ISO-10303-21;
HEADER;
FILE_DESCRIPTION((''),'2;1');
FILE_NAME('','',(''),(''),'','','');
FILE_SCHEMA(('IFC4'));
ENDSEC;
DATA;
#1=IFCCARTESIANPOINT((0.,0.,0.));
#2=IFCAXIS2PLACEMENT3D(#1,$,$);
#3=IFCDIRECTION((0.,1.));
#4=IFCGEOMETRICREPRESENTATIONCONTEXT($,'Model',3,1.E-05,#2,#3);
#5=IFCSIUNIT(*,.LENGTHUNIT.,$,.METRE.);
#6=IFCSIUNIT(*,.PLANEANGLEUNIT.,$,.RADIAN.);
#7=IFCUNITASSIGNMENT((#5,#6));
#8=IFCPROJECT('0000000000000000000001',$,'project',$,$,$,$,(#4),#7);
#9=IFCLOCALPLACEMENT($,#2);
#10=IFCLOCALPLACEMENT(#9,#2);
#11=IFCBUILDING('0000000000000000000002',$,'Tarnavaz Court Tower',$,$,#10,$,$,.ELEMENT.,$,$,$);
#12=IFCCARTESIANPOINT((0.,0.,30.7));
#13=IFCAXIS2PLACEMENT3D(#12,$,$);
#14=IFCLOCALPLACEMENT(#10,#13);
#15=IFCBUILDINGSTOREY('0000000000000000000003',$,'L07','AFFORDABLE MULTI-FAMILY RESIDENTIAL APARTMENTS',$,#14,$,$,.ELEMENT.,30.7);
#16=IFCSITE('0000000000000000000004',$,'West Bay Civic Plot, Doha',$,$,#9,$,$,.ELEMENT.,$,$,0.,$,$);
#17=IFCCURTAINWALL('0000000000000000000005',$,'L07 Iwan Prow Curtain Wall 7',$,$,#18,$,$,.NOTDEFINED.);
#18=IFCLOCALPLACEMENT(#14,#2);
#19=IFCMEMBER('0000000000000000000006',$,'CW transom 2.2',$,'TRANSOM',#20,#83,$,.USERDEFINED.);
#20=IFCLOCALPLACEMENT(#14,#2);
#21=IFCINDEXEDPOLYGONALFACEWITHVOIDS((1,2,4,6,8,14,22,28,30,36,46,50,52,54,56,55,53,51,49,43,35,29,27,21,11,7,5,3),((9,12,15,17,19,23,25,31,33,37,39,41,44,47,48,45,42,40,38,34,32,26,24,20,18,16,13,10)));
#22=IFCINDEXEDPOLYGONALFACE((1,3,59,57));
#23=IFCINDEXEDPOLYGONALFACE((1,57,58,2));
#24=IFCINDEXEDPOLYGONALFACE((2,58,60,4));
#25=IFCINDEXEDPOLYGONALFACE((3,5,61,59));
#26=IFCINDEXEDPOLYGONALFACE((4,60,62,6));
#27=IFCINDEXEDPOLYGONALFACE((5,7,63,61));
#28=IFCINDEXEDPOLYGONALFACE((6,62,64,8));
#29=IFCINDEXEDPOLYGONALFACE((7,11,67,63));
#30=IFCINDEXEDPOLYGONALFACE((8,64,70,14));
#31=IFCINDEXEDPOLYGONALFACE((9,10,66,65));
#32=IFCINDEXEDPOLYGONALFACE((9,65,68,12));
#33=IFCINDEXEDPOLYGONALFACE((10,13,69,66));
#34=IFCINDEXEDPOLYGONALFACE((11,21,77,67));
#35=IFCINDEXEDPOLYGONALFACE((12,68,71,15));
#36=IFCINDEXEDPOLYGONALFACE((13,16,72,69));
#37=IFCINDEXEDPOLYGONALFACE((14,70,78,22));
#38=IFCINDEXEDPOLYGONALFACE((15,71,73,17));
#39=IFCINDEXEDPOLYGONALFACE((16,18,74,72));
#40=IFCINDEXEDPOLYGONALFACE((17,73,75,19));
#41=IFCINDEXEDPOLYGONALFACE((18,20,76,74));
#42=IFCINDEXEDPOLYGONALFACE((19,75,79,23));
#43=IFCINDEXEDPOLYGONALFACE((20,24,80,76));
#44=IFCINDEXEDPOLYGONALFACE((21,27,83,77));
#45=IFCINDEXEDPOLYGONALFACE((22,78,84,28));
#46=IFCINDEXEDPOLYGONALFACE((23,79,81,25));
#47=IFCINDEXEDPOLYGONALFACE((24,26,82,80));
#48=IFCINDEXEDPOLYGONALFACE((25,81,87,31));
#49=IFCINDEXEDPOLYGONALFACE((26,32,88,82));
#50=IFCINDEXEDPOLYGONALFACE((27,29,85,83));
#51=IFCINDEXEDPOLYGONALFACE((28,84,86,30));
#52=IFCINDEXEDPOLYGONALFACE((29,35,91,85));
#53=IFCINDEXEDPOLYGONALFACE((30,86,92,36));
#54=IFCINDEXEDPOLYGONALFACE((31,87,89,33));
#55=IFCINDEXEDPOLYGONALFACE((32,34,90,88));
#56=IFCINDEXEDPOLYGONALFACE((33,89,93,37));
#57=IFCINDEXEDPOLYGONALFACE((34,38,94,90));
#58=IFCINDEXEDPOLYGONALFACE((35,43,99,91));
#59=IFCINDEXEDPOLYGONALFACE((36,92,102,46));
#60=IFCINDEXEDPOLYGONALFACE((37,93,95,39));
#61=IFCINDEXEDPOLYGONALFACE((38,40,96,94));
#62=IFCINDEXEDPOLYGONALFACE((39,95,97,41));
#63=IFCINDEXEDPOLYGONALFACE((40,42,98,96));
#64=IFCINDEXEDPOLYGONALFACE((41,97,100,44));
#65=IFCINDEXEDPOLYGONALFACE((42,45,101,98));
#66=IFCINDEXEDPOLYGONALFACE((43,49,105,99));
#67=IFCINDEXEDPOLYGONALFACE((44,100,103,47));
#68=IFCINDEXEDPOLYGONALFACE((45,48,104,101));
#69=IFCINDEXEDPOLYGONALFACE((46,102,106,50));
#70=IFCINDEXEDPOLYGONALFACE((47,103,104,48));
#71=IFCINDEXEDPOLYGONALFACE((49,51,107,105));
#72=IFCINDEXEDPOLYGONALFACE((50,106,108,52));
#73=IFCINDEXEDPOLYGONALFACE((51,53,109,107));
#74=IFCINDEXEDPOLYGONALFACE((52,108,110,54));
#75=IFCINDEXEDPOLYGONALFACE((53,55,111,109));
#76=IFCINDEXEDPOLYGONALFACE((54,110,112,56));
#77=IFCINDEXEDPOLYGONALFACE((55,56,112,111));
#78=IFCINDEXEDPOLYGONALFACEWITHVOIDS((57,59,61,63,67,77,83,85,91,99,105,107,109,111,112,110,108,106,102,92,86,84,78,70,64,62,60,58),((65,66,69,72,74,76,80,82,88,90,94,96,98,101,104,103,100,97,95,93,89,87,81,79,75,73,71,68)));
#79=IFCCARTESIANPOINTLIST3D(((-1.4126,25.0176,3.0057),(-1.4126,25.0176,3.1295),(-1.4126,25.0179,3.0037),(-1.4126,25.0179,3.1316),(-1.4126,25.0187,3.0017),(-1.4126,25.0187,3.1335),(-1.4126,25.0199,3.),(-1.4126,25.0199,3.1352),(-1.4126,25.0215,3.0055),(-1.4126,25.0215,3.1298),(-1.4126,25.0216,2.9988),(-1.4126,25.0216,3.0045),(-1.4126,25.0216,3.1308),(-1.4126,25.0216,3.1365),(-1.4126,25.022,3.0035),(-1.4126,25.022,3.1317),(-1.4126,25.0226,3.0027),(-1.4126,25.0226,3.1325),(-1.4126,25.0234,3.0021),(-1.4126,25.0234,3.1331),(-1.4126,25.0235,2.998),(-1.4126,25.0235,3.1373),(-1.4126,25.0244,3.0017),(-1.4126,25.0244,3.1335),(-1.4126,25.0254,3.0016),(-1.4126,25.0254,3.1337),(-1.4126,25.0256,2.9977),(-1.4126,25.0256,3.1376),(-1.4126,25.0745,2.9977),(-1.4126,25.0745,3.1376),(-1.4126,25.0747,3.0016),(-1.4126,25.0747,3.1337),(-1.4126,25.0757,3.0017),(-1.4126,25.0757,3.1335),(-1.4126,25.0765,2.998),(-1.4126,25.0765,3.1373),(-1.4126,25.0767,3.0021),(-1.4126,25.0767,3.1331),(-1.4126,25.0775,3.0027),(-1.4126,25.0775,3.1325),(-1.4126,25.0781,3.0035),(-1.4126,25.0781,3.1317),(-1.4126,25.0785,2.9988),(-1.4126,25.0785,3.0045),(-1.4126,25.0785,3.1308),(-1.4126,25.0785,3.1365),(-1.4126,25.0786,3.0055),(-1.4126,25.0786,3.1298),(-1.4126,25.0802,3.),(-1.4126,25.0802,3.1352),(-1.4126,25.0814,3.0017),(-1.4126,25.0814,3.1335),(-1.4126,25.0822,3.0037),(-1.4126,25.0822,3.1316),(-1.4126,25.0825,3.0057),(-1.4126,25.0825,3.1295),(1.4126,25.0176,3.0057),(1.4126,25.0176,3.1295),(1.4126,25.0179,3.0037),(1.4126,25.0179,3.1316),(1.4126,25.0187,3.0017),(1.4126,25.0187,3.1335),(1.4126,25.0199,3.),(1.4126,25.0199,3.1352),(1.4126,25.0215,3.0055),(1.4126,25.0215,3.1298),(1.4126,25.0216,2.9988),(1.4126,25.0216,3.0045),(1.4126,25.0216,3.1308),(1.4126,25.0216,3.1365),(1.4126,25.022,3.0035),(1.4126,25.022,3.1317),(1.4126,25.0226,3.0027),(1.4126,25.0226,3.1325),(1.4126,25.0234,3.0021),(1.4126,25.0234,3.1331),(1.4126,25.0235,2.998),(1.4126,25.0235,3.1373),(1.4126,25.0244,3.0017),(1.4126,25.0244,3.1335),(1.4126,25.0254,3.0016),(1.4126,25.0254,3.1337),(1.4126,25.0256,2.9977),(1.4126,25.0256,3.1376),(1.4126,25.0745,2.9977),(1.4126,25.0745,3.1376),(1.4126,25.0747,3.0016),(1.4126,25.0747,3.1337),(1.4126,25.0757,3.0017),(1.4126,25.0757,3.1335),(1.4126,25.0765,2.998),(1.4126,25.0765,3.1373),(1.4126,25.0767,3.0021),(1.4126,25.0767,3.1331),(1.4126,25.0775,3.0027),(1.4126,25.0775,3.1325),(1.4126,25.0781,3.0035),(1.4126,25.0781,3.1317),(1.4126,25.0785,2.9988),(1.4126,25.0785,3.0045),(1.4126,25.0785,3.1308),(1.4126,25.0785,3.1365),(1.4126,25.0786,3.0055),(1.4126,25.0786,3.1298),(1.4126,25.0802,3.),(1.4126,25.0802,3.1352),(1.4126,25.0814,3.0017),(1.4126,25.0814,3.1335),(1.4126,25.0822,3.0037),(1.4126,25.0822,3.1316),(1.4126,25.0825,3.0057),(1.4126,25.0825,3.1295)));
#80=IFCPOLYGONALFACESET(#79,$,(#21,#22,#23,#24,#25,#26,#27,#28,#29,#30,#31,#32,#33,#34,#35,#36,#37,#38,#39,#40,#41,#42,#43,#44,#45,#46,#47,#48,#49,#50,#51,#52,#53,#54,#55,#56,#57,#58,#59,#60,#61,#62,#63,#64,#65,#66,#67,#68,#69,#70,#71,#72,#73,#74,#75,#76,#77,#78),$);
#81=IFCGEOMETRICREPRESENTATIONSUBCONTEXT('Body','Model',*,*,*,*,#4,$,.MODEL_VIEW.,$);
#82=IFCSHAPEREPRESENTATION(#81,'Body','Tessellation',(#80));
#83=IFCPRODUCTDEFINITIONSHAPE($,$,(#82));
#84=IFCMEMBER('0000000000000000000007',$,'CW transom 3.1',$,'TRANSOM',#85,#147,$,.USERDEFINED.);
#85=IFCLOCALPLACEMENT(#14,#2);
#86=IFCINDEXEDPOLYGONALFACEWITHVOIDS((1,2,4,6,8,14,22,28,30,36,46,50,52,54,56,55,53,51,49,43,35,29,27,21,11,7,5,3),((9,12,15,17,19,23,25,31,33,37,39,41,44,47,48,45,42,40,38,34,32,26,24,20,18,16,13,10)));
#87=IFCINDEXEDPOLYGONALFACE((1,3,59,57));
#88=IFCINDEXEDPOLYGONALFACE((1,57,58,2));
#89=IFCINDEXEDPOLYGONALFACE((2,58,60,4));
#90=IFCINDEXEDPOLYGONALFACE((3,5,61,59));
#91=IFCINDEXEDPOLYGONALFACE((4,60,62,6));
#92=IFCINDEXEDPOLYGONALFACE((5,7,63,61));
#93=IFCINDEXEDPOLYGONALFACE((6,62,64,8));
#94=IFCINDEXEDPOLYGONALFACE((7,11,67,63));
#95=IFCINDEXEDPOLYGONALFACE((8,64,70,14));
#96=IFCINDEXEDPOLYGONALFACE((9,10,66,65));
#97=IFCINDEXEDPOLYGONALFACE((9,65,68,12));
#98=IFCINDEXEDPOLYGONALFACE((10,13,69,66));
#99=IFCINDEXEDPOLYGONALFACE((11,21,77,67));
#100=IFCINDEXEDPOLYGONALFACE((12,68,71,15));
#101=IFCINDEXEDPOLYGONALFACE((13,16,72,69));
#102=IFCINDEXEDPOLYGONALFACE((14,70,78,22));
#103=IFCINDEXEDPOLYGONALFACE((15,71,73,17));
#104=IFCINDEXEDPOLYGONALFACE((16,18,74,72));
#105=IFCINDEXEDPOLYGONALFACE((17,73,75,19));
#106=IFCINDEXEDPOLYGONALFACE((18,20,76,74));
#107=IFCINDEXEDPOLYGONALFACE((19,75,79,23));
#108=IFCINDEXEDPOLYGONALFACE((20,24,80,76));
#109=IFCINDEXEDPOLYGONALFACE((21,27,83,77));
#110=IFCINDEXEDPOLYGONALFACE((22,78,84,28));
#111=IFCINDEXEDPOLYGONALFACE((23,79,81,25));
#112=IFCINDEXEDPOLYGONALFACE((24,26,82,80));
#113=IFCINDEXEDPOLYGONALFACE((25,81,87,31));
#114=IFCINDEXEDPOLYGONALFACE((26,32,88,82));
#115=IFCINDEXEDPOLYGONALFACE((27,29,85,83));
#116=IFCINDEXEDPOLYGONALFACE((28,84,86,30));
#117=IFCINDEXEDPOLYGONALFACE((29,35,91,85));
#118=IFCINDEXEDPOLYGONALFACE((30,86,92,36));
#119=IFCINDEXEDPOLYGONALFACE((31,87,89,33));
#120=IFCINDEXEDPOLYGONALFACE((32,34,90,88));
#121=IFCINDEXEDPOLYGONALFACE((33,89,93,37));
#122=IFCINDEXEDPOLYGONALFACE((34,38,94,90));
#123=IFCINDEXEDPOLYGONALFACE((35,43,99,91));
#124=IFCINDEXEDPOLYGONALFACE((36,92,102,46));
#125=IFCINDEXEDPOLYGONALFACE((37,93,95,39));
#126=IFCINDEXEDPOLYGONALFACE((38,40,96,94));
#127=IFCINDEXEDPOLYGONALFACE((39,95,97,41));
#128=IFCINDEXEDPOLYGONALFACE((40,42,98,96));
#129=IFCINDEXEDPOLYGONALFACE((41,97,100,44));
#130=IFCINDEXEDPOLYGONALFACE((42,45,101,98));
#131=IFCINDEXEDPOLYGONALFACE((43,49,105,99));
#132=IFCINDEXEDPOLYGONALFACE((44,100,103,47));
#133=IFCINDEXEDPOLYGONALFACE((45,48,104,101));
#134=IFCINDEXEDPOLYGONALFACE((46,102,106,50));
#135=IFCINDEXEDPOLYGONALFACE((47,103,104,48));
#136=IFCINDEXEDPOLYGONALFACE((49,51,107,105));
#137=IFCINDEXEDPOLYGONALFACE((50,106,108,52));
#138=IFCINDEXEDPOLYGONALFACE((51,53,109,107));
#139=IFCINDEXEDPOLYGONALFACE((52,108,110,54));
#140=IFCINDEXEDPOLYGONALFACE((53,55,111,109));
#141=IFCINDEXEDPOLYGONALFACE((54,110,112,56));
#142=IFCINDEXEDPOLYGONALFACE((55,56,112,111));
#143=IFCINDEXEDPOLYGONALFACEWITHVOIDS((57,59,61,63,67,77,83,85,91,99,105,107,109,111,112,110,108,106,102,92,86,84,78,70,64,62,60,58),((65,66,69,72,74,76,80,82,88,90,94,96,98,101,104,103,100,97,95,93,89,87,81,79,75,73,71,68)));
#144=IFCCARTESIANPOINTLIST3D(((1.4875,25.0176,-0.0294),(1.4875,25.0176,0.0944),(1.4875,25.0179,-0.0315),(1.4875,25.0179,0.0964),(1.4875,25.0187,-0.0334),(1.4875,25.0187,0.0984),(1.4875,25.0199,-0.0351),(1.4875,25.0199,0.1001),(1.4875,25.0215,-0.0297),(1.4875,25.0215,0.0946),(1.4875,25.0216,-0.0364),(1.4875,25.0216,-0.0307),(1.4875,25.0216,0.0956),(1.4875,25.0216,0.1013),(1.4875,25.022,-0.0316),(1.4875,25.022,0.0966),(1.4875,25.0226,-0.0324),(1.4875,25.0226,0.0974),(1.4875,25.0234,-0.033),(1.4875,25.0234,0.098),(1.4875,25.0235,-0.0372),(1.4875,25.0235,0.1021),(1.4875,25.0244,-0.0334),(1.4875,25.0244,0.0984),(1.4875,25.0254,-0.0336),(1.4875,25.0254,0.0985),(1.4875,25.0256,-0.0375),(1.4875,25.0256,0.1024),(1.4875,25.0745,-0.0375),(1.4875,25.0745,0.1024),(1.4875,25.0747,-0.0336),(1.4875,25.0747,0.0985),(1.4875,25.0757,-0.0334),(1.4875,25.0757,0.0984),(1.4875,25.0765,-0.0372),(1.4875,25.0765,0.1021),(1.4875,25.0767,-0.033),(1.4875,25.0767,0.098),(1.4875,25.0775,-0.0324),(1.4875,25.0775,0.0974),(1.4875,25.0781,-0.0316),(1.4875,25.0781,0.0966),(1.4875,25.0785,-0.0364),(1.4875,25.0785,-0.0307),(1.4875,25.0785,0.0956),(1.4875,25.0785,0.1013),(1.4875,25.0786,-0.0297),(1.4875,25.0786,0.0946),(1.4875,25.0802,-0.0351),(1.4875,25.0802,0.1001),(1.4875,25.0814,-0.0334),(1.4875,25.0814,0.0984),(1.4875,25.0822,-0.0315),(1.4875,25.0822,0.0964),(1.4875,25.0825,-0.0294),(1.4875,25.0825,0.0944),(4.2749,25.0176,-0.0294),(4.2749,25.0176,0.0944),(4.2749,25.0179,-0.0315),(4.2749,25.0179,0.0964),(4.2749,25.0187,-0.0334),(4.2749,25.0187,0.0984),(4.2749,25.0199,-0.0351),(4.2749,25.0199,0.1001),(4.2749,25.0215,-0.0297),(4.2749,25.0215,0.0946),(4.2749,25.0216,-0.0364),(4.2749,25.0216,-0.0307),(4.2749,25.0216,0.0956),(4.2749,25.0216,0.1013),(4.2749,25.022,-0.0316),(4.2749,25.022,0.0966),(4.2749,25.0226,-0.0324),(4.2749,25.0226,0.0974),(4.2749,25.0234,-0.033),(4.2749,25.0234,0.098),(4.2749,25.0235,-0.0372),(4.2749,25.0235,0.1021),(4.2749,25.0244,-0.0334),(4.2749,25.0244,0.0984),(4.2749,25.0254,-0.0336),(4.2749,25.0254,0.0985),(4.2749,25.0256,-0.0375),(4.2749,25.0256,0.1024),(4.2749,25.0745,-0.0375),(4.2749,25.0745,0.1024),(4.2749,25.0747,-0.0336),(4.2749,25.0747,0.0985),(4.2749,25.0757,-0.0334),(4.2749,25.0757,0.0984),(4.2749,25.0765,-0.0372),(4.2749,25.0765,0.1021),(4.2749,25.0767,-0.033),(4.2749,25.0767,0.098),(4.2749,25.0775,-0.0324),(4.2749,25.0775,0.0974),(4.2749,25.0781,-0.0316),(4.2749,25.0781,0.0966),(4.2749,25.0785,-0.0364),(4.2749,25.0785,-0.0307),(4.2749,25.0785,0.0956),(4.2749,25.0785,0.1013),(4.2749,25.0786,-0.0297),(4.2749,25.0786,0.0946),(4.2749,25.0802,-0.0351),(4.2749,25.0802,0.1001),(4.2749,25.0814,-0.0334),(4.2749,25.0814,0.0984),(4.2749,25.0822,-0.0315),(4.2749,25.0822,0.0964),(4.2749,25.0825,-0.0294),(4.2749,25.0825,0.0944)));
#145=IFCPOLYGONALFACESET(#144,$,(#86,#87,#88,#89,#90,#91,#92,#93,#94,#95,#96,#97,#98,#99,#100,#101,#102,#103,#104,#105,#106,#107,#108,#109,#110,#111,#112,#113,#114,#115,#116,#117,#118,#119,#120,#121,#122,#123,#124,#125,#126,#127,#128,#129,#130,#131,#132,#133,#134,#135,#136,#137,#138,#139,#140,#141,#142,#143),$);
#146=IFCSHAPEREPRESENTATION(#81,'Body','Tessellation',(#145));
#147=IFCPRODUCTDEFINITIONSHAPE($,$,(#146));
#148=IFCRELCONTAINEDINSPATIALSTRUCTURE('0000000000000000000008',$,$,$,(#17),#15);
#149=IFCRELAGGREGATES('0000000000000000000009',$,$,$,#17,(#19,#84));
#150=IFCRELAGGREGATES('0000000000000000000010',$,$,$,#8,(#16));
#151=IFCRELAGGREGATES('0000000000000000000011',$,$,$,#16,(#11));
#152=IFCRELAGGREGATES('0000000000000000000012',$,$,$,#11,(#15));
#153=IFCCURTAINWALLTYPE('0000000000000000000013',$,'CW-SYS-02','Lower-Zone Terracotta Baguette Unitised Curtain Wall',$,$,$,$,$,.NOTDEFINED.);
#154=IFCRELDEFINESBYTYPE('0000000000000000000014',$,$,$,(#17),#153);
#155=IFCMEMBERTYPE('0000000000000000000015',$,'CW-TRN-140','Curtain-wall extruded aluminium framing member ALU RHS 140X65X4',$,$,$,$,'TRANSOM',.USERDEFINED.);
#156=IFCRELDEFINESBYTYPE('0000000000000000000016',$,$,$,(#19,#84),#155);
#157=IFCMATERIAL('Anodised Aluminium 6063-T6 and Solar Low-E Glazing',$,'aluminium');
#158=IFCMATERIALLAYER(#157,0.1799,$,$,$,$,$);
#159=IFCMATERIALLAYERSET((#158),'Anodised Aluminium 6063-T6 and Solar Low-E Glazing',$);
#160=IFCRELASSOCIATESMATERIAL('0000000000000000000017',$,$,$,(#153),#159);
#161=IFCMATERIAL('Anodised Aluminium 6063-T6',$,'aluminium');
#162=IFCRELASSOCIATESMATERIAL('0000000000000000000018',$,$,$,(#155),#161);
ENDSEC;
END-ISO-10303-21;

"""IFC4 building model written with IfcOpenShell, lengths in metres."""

from ifc_helpers import new_model, si_unit, direction, frame, origin, origin_2d, place, context, subcontext, project, spatial, hollow_rectangle, extrude, material, layer, layer_set, material_profile, profile_set, type_object, element, aggregate, save


model = new_model("IFC4")

# Units and contexts
model_context = context("Model", 3, precision=1e-05, world=origin(), true_north=direction((0.0, 1.0)))
body_context = subcontext(model_context, "Body", "Model", "MODEL_VIEW")
ifc_project = project(units=[si_unit("LENGTHUNIT", "METRE"), si_unit("PLANEANGLEUNIT", "RADIAN")], contexts=[model_context])

# Site, building, storey
site_placement = place(None, origin())
site = spatial("IfcSite", under=ifc_project, at=site_placement, Name="West Bay Civic Plot, Doha", CompositionType="ELEMENT", RefElevation=0.0)
building_placement = place(site_placement, origin())
building = spatial("IfcBuilding", under=site, at=building_placement, Name="Tarnavaz Court Tower", CompositionType="ELEMENT")
storey_placement = place(building_placement, frame((0.0, 0.0, 30.7)))
storey = spatial("IfcBuildingStorey", under=building, at=storey_placement, Name="L07", Description="AFFORDABLE MULTI-FAMILY RESIDENTIAL APARTMENTS", CompositionType="ELEMENT", Elevation=30.7)

# Curtain wall, members
ifc_material_1 = material(Name="Anodised Aluminium 6063-T6 and Solar Low-E Glazing", Category="aluminium")
ifc_layer_1 = layer(ifc_material_1, 0.1799)
ifc_layer_set_1 = layer_set([ifc_layer_1], Name="Anodised Aluminium 6063-T6 and Solar Low-E Glazing")
curtain_wall_type = type_object("IfcCurtainWallType", Name="CW-SYS-02", Description="Lower-Zone Terracotta Baguette Unitised Curtain Wall", PredefinedType="NOTDEFINED", material=ifc_layer_set_1)
curtain_wall_placement = place(storey_placement, origin())
curtain_wall = element("IfcCurtainWall", 1, at=curtain_wall_placement, inside=storey, type_object=curtain_wall_type, Name="L07 Iwan Prow Curtain Wall 7", PredefinedType="NOTDEFINED")
ifc_material_2 = material(Name="Anodised Aluminium 6063-T6", Category="aluminium")
ifc_material_profile_1 = material_profile(ifc_material_2, hollow_rectangle(XDim=0.0649, YDim=0.1399, WallThickness=0.0039, InnerFilletRadius=0.0039, OuterFilletRadius=0.0081, at=origin_2d()), Name="ALU RHS 140X65X4")
ifc_profile_set_1 = profile_set([ifc_material_profile_1], Name="Anodised Aluminium 6063-T6")
member_type_1 = type_object("IfcMemberType", Name="CW-TRN-140", Description="Curtain-wall extruded aluminium framing member ALU RHS 140X65X4", ElementType="TRANSOM", PredefinedType="USERDEFINED", material=ifc_profile_set_1)
member_1_placement = place(storey_placement, frame((-1.4126, 25.05, 3.0676), z_axis=(1.0, 0.0, 0.0), x_axis=(0.0, 1.0, 0.0)))
member_1 = element("IfcMember", 2, at=member_1_placement, type_object=member_type_1, Name="CW transom 2.2", ObjectType="TRANSOM", PredefinedType="USERDEFINED", context=body_context, shape_type="SweptSolid", body=[
    extrude(hollow_rectangle(XDim=0.0649, YDim=0.1399, WallThickness=0.0039, InnerFilletRadius=0.0039, OuterFilletRadius=0.0081, at=origin_2d()), origin(), (0.0, 0.0, 1.0), 2.8252),
])
member_2_placement = place(storey_placement, frame((1.4875, 25.05, 0.0325), z_axis=(1.0, 0.0, 0.0), x_axis=(0.0, 1.0, 0.0)))
member_2 = element("IfcMember", 3, at=member_2_placement, type_object=member_type_1, Name="CW transom 3.1", ObjectType="TRANSOM", PredefinedType="USERDEFINED", context=body_context, shape_type="SweptSolid", body=[
    extrude(hollow_rectangle(XDim=0.0649, YDim=0.1399, WallThickness=0.0039, InnerFilletRadius=0.0039, OuterFilletRadius=0.0081, at=origin_2d()), origin(), (0.0, 0.0, 1.0), 2.7874),
])
aggregate(curtain_wall, [member_1, member_2])

save(model, "model.ifc")
